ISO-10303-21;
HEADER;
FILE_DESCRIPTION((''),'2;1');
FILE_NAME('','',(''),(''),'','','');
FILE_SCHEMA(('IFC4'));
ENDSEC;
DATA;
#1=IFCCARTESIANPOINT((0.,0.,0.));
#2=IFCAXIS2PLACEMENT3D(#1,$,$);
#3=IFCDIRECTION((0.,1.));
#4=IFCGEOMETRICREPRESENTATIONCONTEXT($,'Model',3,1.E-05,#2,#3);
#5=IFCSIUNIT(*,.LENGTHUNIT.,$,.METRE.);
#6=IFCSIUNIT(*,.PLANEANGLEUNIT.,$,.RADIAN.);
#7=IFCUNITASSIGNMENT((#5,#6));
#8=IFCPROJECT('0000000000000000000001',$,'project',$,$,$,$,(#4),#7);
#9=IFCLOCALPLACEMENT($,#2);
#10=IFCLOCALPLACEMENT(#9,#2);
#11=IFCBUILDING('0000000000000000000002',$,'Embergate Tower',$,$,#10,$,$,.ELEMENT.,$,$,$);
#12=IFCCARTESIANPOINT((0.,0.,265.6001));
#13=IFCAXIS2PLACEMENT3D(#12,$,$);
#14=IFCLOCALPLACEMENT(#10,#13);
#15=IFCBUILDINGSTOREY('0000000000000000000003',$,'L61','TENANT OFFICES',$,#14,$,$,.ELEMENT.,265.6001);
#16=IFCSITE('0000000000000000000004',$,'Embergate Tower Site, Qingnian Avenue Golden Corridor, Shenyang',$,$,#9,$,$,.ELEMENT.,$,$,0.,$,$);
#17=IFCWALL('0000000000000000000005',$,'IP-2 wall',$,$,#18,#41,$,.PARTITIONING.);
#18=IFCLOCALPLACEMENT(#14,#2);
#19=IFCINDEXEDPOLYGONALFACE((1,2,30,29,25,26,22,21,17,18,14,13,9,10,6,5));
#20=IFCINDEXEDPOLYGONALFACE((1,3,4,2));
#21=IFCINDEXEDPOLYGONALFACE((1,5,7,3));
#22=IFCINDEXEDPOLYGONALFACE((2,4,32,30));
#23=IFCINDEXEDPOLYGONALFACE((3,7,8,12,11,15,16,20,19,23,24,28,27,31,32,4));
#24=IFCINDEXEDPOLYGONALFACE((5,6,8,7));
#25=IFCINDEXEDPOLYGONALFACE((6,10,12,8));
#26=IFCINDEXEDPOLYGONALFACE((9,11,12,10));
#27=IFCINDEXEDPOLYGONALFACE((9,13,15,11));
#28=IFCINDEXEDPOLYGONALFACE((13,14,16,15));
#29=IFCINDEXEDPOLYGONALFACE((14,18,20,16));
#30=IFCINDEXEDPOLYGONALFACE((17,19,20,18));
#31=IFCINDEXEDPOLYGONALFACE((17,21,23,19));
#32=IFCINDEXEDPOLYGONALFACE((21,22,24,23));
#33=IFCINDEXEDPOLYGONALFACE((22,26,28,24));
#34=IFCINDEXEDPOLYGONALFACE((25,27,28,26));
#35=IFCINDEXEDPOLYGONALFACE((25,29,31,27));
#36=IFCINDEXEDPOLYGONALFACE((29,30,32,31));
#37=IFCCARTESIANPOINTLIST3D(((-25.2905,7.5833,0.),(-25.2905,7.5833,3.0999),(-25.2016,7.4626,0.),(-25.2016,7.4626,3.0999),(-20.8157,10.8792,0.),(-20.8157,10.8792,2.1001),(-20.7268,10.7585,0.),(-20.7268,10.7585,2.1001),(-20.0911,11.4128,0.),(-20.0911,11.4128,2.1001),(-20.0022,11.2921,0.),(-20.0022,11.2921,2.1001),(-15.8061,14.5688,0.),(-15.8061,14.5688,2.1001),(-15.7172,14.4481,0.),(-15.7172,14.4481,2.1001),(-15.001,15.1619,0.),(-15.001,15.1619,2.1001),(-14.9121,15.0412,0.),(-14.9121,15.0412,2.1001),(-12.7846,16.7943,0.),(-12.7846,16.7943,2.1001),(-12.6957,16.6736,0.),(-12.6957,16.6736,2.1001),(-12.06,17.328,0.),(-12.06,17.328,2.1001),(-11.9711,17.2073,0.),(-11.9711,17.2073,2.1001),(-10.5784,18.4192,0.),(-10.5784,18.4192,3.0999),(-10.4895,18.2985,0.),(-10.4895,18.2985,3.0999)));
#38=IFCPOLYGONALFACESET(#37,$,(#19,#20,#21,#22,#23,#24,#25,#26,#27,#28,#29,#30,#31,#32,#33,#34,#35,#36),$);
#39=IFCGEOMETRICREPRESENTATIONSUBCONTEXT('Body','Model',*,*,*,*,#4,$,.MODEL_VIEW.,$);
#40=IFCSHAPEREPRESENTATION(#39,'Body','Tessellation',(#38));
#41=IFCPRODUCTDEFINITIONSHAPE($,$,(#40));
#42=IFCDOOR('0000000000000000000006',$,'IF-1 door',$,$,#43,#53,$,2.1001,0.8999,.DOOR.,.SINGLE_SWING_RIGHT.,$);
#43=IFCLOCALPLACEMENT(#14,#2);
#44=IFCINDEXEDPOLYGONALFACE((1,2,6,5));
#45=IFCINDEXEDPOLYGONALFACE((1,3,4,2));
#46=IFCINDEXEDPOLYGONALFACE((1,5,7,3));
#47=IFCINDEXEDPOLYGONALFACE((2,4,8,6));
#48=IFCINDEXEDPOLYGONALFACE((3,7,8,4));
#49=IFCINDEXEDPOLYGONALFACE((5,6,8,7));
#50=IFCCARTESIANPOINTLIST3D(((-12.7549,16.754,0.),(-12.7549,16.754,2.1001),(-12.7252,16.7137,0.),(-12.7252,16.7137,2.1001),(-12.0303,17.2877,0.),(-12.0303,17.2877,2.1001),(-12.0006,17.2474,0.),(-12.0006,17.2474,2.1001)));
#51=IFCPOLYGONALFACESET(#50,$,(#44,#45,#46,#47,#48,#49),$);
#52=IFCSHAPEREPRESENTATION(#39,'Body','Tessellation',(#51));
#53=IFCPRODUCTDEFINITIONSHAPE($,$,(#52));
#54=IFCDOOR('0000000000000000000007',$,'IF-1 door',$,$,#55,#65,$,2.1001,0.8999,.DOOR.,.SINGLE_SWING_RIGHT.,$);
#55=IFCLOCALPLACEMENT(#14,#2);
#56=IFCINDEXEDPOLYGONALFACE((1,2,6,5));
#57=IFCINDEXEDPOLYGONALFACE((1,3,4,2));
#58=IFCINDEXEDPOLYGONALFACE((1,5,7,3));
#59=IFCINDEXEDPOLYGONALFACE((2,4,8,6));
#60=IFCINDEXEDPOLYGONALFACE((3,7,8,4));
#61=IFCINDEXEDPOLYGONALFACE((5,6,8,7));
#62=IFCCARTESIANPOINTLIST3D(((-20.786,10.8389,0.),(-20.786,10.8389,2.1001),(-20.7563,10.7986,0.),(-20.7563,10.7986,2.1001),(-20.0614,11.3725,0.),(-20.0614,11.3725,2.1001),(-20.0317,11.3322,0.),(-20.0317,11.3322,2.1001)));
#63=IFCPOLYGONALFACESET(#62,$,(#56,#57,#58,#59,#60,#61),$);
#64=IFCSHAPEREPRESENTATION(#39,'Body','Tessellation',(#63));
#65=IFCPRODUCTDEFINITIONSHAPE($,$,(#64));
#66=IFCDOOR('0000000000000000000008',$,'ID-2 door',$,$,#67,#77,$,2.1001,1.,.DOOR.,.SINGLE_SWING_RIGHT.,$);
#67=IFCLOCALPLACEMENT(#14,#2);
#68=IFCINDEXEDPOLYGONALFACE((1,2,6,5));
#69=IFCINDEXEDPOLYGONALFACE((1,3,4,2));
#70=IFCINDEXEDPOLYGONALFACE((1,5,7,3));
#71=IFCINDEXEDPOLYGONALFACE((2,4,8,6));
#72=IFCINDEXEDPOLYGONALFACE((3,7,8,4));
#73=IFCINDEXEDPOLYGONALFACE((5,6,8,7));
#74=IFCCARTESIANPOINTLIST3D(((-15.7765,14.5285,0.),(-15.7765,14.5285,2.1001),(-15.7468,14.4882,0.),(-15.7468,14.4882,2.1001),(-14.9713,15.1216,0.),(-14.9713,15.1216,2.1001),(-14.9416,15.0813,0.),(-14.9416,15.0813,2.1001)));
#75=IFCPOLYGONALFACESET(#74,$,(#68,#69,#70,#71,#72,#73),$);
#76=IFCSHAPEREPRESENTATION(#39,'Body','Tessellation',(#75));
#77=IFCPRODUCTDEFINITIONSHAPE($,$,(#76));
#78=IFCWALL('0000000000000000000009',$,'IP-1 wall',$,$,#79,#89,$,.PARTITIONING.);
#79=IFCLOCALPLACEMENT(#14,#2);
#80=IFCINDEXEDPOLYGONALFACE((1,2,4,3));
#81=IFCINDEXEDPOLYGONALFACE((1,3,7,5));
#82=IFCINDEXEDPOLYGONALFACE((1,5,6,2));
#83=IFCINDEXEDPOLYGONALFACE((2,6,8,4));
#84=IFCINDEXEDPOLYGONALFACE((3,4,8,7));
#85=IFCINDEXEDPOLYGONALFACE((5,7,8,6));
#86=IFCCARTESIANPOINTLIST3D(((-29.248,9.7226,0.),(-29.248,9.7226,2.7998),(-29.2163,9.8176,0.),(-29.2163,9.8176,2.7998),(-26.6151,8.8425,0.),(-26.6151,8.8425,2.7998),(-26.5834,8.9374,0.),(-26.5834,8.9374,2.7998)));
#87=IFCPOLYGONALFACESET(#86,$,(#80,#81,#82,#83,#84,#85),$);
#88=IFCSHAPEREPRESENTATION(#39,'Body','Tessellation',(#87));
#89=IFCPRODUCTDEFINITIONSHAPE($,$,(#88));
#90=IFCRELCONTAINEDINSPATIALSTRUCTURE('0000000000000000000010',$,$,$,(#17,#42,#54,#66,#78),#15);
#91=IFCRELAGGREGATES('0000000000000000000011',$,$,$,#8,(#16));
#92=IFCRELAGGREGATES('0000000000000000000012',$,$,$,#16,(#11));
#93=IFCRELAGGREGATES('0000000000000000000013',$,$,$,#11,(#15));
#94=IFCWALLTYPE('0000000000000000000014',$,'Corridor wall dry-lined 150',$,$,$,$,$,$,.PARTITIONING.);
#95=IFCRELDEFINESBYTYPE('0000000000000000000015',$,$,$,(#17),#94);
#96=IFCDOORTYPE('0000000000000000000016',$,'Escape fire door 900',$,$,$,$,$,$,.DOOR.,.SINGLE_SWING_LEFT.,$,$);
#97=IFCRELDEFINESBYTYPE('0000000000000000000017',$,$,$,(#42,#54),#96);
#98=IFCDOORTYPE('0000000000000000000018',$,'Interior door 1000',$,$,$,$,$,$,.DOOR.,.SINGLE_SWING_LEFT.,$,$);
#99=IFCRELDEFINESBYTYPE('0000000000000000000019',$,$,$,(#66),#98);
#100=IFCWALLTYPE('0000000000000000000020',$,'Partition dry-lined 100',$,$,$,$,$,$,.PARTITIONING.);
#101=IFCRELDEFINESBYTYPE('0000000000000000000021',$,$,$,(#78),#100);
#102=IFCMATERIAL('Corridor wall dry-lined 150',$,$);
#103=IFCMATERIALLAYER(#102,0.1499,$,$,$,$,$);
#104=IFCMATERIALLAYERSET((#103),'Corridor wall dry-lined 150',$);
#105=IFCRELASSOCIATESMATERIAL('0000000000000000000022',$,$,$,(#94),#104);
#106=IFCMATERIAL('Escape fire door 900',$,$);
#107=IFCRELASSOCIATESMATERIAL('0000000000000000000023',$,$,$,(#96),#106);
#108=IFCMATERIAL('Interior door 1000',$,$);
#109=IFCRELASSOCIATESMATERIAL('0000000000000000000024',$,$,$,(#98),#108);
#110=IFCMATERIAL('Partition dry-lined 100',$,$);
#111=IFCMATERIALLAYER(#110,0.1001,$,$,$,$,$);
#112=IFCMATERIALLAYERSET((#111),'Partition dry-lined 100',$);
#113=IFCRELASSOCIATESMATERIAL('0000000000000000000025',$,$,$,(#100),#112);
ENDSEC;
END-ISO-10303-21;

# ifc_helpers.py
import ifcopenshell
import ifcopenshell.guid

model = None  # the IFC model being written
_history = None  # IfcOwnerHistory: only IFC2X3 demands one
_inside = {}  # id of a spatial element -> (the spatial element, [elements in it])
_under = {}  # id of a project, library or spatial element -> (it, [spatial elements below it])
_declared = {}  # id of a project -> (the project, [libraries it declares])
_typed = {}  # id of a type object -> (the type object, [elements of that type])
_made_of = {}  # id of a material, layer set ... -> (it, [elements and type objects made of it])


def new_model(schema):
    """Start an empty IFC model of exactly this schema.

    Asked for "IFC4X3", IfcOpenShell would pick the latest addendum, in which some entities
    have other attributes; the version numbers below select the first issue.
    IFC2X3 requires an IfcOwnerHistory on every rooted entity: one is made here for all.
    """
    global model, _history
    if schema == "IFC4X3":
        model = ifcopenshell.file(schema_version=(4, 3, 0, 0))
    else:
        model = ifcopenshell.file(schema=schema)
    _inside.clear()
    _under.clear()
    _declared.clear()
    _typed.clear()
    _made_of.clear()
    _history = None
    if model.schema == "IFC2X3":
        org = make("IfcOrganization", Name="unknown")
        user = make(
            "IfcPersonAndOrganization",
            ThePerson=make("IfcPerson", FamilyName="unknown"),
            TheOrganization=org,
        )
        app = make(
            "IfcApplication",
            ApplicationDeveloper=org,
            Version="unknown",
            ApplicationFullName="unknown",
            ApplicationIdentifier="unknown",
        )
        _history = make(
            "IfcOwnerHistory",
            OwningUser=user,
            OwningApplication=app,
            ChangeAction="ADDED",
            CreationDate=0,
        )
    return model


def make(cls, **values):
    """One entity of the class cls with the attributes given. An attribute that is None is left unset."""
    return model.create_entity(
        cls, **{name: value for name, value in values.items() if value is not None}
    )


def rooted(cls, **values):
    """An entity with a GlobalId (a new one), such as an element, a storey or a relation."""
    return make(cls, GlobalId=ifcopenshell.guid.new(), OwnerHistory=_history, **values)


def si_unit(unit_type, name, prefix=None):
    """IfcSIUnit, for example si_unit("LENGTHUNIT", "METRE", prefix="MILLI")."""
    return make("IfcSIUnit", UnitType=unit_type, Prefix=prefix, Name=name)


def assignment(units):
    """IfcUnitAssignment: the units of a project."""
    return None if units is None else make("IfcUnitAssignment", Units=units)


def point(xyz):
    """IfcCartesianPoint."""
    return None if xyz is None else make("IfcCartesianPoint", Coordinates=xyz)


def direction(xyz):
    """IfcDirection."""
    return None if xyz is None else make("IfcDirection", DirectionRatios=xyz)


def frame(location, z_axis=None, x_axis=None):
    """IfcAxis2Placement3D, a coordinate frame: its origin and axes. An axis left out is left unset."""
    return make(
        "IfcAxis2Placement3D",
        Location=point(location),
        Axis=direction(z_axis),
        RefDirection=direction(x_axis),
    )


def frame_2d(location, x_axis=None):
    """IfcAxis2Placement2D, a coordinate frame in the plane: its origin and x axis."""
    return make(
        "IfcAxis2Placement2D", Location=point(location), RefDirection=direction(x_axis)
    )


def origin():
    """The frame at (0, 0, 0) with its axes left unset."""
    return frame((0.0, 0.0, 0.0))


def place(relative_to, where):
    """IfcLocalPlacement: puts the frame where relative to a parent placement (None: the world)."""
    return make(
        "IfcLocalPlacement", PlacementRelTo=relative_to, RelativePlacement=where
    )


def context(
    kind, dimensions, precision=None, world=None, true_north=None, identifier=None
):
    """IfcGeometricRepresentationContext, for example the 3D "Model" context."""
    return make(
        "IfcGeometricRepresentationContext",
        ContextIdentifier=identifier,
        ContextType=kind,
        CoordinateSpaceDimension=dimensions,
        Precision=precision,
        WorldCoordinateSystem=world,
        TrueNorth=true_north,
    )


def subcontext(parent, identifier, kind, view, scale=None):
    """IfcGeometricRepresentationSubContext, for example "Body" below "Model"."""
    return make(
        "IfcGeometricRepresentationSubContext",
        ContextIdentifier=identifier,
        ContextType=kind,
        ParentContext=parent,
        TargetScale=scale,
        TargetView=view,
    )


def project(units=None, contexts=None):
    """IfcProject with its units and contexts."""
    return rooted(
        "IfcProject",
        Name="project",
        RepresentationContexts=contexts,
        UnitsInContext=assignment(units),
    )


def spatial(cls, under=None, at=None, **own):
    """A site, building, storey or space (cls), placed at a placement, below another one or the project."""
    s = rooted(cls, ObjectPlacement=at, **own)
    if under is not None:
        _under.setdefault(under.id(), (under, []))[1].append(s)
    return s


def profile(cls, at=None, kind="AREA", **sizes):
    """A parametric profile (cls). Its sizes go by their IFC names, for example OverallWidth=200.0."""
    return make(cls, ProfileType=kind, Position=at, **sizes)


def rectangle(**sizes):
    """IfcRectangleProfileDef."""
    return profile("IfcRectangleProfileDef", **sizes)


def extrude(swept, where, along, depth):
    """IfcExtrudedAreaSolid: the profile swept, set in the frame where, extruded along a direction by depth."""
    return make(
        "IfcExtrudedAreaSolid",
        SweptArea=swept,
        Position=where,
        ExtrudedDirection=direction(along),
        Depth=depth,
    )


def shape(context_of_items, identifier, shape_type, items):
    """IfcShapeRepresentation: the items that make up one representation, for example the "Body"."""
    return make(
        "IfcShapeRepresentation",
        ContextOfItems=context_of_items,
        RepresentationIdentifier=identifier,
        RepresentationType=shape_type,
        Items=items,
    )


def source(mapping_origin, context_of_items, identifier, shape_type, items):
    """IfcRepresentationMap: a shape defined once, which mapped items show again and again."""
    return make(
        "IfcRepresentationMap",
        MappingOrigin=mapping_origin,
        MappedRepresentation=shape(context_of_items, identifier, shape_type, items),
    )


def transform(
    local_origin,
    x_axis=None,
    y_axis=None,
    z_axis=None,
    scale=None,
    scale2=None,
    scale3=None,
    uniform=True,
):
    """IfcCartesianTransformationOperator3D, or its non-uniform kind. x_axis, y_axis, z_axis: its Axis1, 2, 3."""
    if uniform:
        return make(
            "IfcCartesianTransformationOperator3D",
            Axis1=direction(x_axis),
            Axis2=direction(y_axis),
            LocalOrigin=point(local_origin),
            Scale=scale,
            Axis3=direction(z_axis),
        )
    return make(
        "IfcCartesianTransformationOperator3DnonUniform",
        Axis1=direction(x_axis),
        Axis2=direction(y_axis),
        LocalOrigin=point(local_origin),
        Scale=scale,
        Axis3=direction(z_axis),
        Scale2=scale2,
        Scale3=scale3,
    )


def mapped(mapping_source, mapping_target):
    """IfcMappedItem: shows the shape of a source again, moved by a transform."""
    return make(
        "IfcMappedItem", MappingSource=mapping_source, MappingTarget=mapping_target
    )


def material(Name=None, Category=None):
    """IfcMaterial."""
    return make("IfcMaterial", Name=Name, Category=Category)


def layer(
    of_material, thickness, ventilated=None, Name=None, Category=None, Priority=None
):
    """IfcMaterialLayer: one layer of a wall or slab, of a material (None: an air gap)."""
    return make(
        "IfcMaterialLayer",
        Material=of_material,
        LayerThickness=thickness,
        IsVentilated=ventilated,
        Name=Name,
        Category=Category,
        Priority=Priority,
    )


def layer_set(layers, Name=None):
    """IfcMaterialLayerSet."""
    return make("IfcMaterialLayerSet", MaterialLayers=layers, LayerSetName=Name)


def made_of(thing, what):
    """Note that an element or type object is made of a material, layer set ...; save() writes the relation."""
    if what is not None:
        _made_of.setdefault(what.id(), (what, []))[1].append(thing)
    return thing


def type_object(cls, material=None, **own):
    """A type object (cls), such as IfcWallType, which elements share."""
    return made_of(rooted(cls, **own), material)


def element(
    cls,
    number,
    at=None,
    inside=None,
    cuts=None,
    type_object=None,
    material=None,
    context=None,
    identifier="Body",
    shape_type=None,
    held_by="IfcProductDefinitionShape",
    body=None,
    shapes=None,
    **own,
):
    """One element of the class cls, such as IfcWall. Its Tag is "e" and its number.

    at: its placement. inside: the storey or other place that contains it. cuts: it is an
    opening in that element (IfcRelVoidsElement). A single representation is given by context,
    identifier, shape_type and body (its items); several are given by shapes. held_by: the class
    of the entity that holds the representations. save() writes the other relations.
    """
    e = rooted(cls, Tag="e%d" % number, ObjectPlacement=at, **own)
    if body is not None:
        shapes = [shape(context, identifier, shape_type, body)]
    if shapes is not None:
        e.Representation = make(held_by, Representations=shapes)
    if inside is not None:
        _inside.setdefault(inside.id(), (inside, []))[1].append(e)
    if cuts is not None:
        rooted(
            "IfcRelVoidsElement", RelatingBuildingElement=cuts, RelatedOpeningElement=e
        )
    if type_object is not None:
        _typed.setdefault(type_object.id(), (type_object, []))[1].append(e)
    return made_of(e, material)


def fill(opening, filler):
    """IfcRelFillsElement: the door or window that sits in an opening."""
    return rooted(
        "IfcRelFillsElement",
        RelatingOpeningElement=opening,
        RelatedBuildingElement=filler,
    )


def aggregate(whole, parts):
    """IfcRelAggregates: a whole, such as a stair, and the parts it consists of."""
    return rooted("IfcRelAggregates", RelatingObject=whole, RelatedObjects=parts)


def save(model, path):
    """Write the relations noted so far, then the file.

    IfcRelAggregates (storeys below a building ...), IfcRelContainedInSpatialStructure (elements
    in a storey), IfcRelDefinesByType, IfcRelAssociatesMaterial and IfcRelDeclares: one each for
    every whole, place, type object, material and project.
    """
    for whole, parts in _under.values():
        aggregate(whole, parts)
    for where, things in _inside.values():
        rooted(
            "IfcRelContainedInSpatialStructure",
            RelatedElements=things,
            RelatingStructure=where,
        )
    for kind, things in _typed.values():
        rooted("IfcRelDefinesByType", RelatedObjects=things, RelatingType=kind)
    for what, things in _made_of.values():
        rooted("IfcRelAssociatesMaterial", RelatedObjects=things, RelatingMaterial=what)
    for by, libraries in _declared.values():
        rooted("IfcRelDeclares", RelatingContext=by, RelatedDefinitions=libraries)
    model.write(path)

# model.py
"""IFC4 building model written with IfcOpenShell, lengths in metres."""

from ifc_helpers import new_model, si_unit, direction, frame, frame_2d, origin, place, context, subcontext, project, spatial, rectangle, extrude, source, transform, mapped, material, layer, layer_set, type_object, element, fill, save


model = new_model("IFC4")

# Units and contexts
model_context = context("Model", 3, precision=1e-05, world=origin(), true_north=direction((0.0, 1.0)))
body_context = subcontext(model_context, "Body", "Model", "MODEL_VIEW")
ifc_project = project(units=[si_unit("LENGTHUNIT", "METRE"), si_unit("PLANEANGLEUNIT", "RADIAN")], contexts=[model_context])

# Site, building, storey
site_placement = place(None, origin())
site = spatial("IfcSite", under=ifc_project, at=site_placement, Name="Embergate Tower Site, Qingnian Avenue Golden Corridor, Shenyang", CompositionType="ELEMENT", RefElevation=0.0)
building_placement = place(site_placement, origin())
building = spatial("IfcBuilding", under=site, at=building_placement, Name="Embergate Tower", CompositionType="ELEMENT")
storey_placement = place(building_placement, frame((0.0, 0.0, 265.6001)))
storey = spatial("IfcBuildingStorey", under=building, at=storey_placement, Name="L61", Description="TENANT OFFICES", CompositionType="ELEMENT", Elevation=265.6001)

# Wall, openings, doors
ifc_material_1 = material(Name="Corridor wall dry-lined 150")
ifc_layer_1 = layer(ifc_material_1, 0.1499)
ifc_layer_set_1 = layer_set([ifc_layer_1], Name="Corridor wall dry-lined 150")
wall_type_1 = type_object("IfcWallType", Name="Corridor wall dry-lined 150", PredefinedType="PARTITIONING", material=ifc_layer_set_1)
shared_shape_1 = source(origin(), body_context, "Body", "SweptSolid", [
    extrude(rectangle(XDim=0.8999, YDim=2.1001, at=frame_2d((0.45, 1.05))), frame((0.0, 0.085, 0.0), z_axis=(0.0, -1.0, 0.0), x_axis=(1.0, 0.0, 0.0)), (0.0, 0.0, 1.0), 0.1699),
])
shared_shape_2 = source(origin(), body_context, "Body", "SweptSolid", [
    extrude(rectangle(XDim=1.0, YDim=2.1001, at=frame_2d((0.5, 1.05))), frame((0.0, 0.085, 0.0), z_axis=(0.0, -1.0, 0.0), x_axis=(1.0, 0.0, 0.0)), (0.0, 0.0, 1.0), 0.1699),
])
ifc_material_2 = material(Name="Escape fire door 900")
door_type_1 = type_object("IfcDoorType", Name="Escape fire door 900", OperationType="SINGLE_SWING_LEFT", PredefinedType="DOOR", material=ifc_material_2)
shared_shape_3 = source(origin(), body_context, "Body", "SweptSolid", [
    extrude(rectangle(XDim=0.8999, YDim=2.1001, at=frame_2d((0.45, 1.05))), frame((0.0, 0.0249, 0.0), z_axis=(0.0, -1.0, 0.0), x_axis=(1.0, 0.0, 0.0)), (0.0, 0.0, 1.0), 0.05),
])
ifc_material_3 = material(Name="Interior door 1000")
door_type_2 = type_object("IfcDoorType", Name="Interior door 1000", OperationType="SINGLE_SWING_LEFT", PredefinedType="DOOR", material=ifc_material_3)
shared_shape_4 = source(origin(), body_context, "Body", "SweptSolid", [
    extrude(rectangle(XDim=1.0, YDim=2.1001, at=frame_2d((0.5, 1.05))), frame((0.0, 0.0249, 0.0), z_axis=(0.0, -1.0, 0.0), x_axis=(1.0, 0.0, 0.0)), (0.0, 0.0, 1.0), 0.05),
])
shared_shape_5 = source(origin(), body_context, "Body", "SweptSolid", [
    extrude(rectangle(XDim=18.272, YDim=0.1499, at=frame_2d((9.136, 0.0))), origin(), (0.0, 0.0, 1.0), 3.0999),
])
wall_1_placement = place(storey_placement, frame((-25.2461, 7.5229, 0.0), z_axis=(0.0, 0.0, 1.0), x_axis=(0.805176, 0.593036, 0.0)))
wall_1 = element("IfcWall", 1, at=wall_1_placement, inside=storey, type_object=wall_type_1, Name="IP-2 wall", PredefinedType="PARTITIONING", context=body_context, shape_type="MappedRepresentation", body=[
    mapped(shared_shape_5, transform((0.0, 0.0, 0.0))),
])
opening_1_placement = place(wall_1_placement, frame((15.532, 0.0, 0.0)))
opening_1 = element("IfcOpeningElement", 2, at=opening_1_placement, cuts=wall_1, PredefinedType="OPENING", context=body_context, shape_type="MappedRepresentation", body=[
    mapped(shared_shape_1, transform((0.0, 0.0, 0.0))),
])
opening_2_placement = place(wall_1_placement, frame((11.7793, 0.0, 0.0)))
opening_2 = element("IfcOpeningElement", 3, at=opening_2_placement, cuts=wall_1, PredefinedType="OPENING", context=body_context, shape_type="MappedRepresentation", body=[
    mapped(shared_shape_2, transform((0.0, 0.0, 0.0))),
])
opening_3_placement = place(wall_1_placement, frame((5.5576, 0.0, 0.0)))
opening_3 = element("IfcOpeningElement", 4, at=opening_3_placement, cuts=wall_1, PredefinedType="OPENING", context=body_context, shape_type="MappedRepresentation", body=[
    mapped(shared_shape_1, transform((0.0, 0.0, 0.0))),
])
door_1_placement = place(opening_1_placement, origin())
door_1 = element("IfcDoor", 5, at=door_1_placement, inside=storey, type_object=door_type_1, Name="IF-1 door", OperationType="SINGLE_SWING_RIGHT", OverallHeight=2.1001, OverallWidth=0.8999, PredefinedType="DOOR", context=body_context, shape_type="MappedRepresentation", body=[
    mapped(shared_shape_3, transform((0.0, 0.0, 0.0))),
])
fill(opening_1, door_1)
door_2_placement = place(opening_3_placement, origin())
door_2 = element("IfcDoor", 6, at=door_2_placement, inside=storey, type_object=door_type_1, Name="IF-1 door", OperationType="SINGLE_SWING_RIGHT", OverallHeight=2.1001, OverallWidth=0.8999, PredefinedType="DOOR", context=body_context, shape_type="MappedRepresentation", body=[
    mapped(shared_shape_3, transform((0.0, 0.0, 0.0))),
])
fill(opening_3, door_2)
door_3_placement = place(opening_2_placement, origin())
door_3 = element("IfcDoor", 7, at=door_3_placement, inside=storey, type_object=door_type_2, Name="ID-2 door", OperationType="SINGLE_SWING_RIGHT", OverallHeight=2.1001, OverallWidth=1.0, PredefinedType="DOOR", context=body_context, shape_type="MappedRepresentation", body=[
    mapped(shared_shape_4, transform((0.0, 0.0, 0.0))),
])
fill(opening_2, door_3)

# Wall
ifc_material_4 = material(Name="Partition dry-lined 100")
ifc_layer_2 = layer(ifc_material_4, 0.1001)
ifc_layer_set_2 = layer_set([ifc_layer_2], Name="Partition dry-lined 100")
wall_type_2 = type_object("IfcWallType", Name="Partition dry-lined 100", PredefinedType="PARTITIONING", material=ifc_layer_set_2)
shared_shape_6 = source(origin(), body_context, "Body", "SweptSolid", [
    extrude(rectangle(XDim=2.7761, YDim=0.1001, at=frame_2d((1.3882, 0.0))), origin(), (0.0, 0.0, 1.0), 2.7998),
])
wall_2_placement = place(storey_placement, frame((-26.5991, 8.8899, 0.0), z_axis=(0.0, 0.0, 1.0), x_axis=(-0.94841, 0.317046, 0.0)))
element("IfcWall", 8, at=wall_2_placement, inside=storey, type_object=wall_type_2, Name="IP-1 wall", PredefinedType="PARTITIONING", context=body_context, shape_type="MappedRepresentation", body=[
    mapped(shared_shape_6, transform((0.0, 0.0, 0.0))),
])

save(model, "model.ifc")
